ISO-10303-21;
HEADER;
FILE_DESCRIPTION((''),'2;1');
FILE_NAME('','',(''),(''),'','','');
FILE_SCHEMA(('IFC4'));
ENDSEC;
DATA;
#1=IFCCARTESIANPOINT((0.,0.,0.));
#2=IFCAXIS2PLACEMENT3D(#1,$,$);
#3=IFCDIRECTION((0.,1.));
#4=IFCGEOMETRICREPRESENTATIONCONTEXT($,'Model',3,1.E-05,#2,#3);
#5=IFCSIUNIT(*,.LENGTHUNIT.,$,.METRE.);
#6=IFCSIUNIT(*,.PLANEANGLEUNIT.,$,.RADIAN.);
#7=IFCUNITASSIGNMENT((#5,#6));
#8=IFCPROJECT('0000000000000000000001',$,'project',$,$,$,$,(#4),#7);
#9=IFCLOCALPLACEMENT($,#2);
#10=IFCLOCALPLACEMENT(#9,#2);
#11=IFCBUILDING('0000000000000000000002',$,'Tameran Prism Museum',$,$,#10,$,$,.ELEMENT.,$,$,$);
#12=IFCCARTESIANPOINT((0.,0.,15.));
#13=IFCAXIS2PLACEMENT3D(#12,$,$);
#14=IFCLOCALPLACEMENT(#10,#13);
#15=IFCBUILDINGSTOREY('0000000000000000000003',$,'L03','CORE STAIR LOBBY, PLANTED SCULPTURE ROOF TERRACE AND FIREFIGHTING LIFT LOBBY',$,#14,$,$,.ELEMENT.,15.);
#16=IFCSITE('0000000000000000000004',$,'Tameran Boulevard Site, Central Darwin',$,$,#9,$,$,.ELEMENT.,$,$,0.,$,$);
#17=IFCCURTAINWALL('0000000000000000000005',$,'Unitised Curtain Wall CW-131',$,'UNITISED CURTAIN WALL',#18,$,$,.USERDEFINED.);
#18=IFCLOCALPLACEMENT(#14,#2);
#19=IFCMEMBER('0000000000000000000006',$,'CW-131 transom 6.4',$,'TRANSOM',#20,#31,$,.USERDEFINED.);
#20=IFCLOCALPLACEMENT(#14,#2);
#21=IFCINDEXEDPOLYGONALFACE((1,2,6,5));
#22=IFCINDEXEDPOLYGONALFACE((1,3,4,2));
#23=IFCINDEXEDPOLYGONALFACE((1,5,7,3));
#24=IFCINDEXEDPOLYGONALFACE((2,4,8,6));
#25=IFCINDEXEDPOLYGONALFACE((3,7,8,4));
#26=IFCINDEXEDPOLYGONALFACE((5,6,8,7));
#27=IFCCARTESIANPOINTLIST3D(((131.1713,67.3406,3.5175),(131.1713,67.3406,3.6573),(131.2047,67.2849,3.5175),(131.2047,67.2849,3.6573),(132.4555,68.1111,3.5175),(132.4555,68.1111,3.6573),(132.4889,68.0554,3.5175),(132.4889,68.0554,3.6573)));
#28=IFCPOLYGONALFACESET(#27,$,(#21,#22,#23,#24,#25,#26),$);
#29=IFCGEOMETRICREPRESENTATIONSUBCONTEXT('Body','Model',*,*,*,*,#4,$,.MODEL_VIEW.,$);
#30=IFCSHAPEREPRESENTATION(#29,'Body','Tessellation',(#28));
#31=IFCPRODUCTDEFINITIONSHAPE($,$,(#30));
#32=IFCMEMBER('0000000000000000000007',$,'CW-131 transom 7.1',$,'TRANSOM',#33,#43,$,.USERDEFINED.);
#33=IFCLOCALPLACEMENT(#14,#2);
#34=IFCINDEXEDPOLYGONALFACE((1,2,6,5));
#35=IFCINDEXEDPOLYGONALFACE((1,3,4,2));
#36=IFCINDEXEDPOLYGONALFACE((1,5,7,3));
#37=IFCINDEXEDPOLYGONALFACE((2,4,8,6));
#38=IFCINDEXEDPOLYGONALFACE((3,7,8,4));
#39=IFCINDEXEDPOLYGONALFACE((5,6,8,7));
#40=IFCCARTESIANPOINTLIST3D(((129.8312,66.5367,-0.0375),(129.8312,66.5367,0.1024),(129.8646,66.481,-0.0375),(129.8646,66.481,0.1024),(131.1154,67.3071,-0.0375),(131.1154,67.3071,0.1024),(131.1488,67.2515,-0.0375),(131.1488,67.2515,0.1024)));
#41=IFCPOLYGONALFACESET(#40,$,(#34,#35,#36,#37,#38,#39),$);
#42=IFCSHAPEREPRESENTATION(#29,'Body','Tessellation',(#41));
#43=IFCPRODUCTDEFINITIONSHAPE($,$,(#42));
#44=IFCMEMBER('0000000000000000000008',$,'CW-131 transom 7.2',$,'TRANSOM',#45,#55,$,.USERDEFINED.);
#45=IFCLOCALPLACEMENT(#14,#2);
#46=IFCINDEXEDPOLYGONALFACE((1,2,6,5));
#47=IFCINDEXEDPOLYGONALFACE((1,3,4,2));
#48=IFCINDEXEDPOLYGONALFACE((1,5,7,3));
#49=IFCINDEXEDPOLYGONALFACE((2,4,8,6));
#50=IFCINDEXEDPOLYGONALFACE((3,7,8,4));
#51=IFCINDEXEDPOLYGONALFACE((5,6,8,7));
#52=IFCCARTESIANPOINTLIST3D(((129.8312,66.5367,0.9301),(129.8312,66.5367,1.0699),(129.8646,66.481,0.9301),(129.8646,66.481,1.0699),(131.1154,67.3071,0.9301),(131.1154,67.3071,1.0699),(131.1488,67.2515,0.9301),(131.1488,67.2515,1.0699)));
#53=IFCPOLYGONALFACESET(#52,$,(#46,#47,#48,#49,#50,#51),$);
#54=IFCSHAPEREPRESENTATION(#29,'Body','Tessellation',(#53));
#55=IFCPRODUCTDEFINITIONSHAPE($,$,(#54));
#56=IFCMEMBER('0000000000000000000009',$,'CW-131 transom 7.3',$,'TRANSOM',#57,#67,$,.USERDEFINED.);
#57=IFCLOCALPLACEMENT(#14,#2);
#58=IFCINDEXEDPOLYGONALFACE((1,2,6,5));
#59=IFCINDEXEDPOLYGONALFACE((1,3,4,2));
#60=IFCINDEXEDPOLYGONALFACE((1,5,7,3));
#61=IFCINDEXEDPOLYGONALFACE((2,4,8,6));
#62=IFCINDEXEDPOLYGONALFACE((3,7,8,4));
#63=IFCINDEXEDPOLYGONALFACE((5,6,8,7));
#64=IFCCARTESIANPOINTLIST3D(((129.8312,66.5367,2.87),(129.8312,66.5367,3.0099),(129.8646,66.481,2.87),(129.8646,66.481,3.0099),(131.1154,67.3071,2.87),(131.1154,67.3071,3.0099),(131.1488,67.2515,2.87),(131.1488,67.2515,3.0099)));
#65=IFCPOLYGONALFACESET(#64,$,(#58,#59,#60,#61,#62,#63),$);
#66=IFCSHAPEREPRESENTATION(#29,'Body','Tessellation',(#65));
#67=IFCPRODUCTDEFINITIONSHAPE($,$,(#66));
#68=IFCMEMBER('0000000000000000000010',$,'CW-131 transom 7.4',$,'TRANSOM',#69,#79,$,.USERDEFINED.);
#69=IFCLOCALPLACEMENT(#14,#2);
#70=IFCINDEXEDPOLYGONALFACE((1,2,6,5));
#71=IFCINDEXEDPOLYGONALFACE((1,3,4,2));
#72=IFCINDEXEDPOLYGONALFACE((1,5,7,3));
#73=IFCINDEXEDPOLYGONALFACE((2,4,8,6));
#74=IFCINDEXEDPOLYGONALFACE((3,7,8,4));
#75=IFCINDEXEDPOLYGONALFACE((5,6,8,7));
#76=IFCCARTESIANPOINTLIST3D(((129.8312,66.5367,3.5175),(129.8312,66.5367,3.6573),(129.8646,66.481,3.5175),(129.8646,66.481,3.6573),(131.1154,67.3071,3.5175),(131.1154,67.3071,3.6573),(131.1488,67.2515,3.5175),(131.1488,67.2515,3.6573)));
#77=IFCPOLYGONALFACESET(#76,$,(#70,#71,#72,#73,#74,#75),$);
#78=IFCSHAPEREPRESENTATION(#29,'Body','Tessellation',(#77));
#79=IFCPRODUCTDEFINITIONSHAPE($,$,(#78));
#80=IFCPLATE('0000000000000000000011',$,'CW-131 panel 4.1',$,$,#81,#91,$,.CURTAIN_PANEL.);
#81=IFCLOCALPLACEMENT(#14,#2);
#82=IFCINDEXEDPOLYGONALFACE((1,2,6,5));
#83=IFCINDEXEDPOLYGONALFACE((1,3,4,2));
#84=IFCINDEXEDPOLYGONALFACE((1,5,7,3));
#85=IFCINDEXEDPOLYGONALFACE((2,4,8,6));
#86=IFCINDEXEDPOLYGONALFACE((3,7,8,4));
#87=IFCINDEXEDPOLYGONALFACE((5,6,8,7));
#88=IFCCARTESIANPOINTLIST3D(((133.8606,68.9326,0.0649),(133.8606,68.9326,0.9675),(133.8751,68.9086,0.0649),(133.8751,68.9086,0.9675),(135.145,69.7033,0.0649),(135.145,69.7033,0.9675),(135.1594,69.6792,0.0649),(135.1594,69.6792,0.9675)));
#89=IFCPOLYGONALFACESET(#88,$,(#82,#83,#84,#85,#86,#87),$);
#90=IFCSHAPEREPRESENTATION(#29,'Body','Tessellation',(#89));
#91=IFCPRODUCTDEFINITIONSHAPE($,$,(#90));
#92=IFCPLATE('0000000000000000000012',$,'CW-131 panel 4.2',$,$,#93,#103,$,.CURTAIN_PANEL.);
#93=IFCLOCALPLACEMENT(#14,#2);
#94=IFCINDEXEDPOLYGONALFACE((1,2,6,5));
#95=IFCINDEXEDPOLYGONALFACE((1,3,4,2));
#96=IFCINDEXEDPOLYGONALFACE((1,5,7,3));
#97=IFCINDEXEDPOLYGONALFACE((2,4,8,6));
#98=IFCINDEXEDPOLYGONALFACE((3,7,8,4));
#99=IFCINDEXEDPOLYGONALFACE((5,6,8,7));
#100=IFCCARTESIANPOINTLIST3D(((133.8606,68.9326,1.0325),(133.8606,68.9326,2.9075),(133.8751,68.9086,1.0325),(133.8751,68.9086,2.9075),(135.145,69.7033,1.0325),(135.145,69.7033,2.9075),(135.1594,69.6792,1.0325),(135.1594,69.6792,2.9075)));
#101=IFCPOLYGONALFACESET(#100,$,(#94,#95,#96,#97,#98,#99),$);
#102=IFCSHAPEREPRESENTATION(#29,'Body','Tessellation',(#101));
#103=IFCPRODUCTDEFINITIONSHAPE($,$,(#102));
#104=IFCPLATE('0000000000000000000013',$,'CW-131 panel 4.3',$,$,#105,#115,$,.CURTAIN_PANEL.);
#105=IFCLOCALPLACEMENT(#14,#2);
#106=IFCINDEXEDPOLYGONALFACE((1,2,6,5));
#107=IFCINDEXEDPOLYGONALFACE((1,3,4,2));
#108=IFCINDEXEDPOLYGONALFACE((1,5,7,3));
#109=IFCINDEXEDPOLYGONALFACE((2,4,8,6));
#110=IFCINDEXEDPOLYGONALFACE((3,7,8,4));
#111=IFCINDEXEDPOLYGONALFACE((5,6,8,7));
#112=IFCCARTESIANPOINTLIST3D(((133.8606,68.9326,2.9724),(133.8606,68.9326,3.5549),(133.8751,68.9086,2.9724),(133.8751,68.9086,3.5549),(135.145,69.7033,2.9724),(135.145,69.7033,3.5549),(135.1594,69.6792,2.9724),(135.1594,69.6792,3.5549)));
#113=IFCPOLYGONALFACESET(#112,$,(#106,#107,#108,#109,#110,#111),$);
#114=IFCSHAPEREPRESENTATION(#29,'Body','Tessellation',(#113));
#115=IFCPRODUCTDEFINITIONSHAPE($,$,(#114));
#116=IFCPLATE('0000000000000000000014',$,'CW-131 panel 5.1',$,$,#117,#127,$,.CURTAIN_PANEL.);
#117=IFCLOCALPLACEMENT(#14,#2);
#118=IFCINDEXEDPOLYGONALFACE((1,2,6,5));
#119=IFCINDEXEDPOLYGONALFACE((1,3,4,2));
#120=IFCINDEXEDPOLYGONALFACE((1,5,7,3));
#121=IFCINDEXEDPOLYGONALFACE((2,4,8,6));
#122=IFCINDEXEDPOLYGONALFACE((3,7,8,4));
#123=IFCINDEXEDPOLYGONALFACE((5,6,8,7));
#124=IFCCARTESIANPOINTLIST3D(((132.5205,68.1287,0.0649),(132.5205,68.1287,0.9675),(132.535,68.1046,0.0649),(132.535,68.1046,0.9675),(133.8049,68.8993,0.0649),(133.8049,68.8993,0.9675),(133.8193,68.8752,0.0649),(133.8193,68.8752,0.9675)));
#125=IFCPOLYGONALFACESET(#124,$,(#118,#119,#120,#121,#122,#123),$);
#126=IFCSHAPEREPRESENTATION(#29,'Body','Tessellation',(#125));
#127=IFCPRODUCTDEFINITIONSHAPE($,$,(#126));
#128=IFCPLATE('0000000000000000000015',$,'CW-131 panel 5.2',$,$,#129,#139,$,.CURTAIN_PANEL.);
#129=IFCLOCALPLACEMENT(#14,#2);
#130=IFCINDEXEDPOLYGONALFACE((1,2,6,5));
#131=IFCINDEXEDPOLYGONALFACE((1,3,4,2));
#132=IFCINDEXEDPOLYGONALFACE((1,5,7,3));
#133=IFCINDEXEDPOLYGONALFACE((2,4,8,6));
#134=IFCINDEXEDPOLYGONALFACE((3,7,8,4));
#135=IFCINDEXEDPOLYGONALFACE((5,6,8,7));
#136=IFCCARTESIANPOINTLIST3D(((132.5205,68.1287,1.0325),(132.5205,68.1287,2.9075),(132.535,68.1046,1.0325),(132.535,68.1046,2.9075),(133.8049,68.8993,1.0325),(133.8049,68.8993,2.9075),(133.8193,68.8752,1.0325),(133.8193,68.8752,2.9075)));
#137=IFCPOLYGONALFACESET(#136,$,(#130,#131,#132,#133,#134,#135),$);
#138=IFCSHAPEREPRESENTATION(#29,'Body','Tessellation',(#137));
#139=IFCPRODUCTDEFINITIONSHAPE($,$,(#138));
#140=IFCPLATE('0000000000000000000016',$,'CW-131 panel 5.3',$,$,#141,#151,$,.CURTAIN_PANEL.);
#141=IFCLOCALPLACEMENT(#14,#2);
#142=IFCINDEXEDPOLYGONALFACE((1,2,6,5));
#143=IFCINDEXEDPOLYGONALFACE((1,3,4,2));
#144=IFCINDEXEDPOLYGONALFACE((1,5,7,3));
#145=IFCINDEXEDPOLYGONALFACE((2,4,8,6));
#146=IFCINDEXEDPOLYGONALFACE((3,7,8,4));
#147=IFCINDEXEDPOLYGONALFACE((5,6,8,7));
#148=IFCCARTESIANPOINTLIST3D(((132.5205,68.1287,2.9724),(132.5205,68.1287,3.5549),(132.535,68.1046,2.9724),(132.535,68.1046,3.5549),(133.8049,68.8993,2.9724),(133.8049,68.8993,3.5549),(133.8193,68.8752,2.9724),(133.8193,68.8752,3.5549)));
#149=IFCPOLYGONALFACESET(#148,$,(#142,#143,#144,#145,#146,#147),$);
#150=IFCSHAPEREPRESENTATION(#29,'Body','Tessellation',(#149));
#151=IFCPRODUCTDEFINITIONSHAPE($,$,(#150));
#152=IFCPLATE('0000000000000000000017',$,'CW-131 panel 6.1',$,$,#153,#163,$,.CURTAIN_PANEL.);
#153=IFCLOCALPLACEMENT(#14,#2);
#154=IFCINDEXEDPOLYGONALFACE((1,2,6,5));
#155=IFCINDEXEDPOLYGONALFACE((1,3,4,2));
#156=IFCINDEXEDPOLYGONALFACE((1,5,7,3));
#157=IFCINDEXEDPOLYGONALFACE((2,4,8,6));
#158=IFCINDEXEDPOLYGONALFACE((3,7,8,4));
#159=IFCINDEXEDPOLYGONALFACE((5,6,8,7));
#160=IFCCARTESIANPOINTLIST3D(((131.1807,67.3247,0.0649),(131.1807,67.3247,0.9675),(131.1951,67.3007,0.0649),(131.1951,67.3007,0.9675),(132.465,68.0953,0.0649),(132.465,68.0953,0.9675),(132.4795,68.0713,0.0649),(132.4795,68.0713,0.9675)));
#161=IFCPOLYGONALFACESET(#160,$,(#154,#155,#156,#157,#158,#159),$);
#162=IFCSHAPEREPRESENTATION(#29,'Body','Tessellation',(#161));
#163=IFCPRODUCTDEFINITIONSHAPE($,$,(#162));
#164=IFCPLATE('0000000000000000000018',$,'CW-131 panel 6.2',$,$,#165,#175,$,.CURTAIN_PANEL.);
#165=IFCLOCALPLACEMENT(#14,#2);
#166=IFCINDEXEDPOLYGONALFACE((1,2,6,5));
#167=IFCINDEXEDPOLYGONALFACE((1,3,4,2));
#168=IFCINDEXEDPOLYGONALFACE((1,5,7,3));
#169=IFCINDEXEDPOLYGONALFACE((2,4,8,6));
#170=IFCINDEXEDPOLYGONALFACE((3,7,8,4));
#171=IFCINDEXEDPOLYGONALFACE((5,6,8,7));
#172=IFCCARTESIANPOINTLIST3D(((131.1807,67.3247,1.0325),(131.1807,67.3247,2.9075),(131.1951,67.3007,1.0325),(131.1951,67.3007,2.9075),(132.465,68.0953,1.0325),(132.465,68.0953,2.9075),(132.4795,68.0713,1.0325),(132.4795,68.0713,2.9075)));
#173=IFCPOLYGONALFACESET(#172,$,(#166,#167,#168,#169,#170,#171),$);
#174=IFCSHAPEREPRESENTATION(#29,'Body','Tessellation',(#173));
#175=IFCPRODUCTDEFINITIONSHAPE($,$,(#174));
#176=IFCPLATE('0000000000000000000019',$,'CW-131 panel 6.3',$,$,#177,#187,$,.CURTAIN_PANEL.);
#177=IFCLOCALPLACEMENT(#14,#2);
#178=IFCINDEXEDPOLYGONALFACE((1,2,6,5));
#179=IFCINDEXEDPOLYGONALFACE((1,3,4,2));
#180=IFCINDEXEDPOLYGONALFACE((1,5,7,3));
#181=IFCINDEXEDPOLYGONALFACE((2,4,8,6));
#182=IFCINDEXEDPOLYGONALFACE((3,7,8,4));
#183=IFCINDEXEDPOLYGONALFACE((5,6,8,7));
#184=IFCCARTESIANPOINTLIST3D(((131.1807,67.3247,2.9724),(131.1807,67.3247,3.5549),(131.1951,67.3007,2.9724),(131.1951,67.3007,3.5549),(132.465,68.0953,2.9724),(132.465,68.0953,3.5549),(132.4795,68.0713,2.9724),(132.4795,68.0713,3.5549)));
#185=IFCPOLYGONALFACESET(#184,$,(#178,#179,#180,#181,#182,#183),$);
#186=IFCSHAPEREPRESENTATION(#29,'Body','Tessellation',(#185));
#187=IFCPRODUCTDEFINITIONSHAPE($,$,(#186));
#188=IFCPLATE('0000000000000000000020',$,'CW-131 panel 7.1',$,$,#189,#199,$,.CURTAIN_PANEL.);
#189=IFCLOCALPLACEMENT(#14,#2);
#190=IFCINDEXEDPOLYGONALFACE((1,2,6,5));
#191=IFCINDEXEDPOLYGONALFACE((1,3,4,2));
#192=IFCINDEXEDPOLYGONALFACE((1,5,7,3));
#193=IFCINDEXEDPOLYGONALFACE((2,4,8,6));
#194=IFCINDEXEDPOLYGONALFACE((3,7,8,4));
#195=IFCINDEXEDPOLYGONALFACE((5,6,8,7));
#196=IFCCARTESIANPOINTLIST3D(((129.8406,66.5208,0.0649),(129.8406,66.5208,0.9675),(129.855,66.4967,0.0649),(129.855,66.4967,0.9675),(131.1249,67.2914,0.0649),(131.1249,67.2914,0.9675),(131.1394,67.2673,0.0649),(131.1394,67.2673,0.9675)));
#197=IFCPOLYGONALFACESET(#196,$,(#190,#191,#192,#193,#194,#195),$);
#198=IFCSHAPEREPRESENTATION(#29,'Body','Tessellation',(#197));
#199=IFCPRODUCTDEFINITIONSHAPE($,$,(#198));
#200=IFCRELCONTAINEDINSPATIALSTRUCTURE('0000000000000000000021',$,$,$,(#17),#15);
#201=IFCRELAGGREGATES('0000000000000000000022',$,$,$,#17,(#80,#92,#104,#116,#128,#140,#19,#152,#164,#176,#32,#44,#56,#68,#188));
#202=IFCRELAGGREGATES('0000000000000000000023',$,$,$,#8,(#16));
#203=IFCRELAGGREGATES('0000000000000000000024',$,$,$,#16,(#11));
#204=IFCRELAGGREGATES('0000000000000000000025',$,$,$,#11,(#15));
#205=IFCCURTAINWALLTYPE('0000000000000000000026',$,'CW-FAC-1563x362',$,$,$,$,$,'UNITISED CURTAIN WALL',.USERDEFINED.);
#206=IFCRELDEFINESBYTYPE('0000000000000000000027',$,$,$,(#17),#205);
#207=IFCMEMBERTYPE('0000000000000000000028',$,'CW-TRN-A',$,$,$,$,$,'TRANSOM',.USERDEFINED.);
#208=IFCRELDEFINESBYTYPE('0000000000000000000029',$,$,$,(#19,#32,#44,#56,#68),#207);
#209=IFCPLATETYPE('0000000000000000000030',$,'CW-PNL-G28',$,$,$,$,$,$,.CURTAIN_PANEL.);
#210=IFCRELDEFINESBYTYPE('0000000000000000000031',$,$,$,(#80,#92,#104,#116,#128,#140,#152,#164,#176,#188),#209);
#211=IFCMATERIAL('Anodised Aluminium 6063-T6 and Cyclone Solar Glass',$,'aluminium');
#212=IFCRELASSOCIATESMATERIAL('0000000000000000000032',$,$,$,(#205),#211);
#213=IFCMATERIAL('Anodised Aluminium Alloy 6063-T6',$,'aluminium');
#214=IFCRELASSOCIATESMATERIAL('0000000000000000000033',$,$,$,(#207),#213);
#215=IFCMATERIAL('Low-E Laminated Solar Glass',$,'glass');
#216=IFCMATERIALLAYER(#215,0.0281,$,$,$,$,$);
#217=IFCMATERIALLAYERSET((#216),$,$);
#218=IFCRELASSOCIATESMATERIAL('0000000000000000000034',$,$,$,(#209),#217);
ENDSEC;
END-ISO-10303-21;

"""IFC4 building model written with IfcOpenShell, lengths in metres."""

from ifc_helpers import new_model, si_unit, direction, frame, origin, origin_2d, place, context, subcontext, project, spatial, rectangle, extrude, material, layer, layer_set, material_profile, profile_set, type_object, element, aggregate, save


model = new_model("IFC4")

# Units and contexts
model_context = context("Model", 3, precision=1e-05, world=origin(), true_north=direction((0.0, 1.0)))
body_context = subcontext(model_context, "Body", "Model", "MODEL_VIEW")
ifc_project = project(units=[si_unit("LENGTHUNIT", "METRE"), si_unit("PLANEANGLEUNIT", "RADIAN")], contexts=[model_context])

# Site, building, storey
site_placement = place(None, origin())
site = spatial("IfcSite", under=ifc_project, at=site_placement, Name="Tameran Boulevard Site, Central Darwin", CompositionType="ELEMENT", RefElevation=0.0)
building_placement = place(site_placement, origin())
building = spatial("IfcBuilding", under=site, at=building_placement, Name="Tameran Prism Museum", CompositionType="ELEMENT")
storey_placement = place(building_placement, frame((0.0, 0.0, 15.0)))
storey = spatial("IfcBuildingStorey", under=building, at=storey_placement, Name="L03", Description="CORE STAIR LOBBY, PLANTED SCULPTURE ROOF TERRACE AND FIREFIGHTING LIFT LOBBY", CompositionType="ELEMENT", Elevation=15.0)

# Curtain wall, members, plates
ifc_material_1 = material(Name="Anodised Aluminium 6063-T6 and Cyclone Solar Glass", Category="aluminium")
curtain_wall_type = type_object("IfcCurtainWallType", Name="CW-FAC-1563x362", ElementType="UNITISED CURTAIN WALL", PredefinedType="USERDEFINED", material=ifc_material_1)
curtain_wall_placement = place(storey_placement, origin())
curtain_wall = element("IfcCurtainWall", 1, at=curtain_wall_placement, inside=storey, type_object=curtain_wall_type, Name="Unitised Curtain Wall CW-131", ObjectType="UNITISED CURTAIN WALL", PredefinedType="USERDEFINED")
ifc_material_2 = material(Name="Anodised Aluminium Alloy 6063-T6", Category="aluminium")
ifc_material_profile_1 = material_profile(ifc_material_2, rectangle(XDim=0.0649, YDim=0.1399, at=origin_2d()))
ifc_profile_set_1 = profile_set([ifc_material_profile_1])
member_type_1 = type_object("IfcMemberType", Name="CW-TRN-A", ElementType="TRANSOM", PredefinedType="USERDEFINED", material=ifc_profile_set_1)
member_1_placement = place(storey_placement, frame((132.4722, 68.0833, 3.5874), z_axis=(-0.857493, -0.514496, 0.0), x_axis=(0.514496, -0.857493, 0.0)))
member_1 = element("IfcMember", 2, at=member_1_placement, type_object=member_type_1, Name="CW-131 transom 6.4", ObjectType="TRANSOM", PredefinedType="USERDEFINED", context=body_context, shape_type="SweptSolid", body=[
    extrude(rectangle(XDim=0.0649, YDim=0.1399, at=origin_2d()), origin(), (0.0, 0.0, 1.0), 1.4976),
])
member_2_placement = place(storey_placement, frame((131.1321, 67.2793, 0.0325), z_axis=(-0.857493, -0.514496, 0.0), x_axis=(0.514496, -0.857493, 0.0)))
member_2 = element("IfcMember", 3, at=member_2_placement, type_object=member_type_1, Name="CW-131 transom 7.1", ObjectType="TRANSOM", PredefinedType="USERDEFINED", context=body_context, shape_type="SweptSolid", body=[
    extrude(rectangle(XDim=0.0649, YDim=0.1399, at=origin_2d()), origin(), (0.0, 0.0, 1.0), 1.4976),
])
member_3_placement = place(storey_placement, frame((131.1321, 67.2793, 1.0), z_axis=(-0.857493, -0.514496, 0.0), x_axis=(0.514496, -0.857493, 0.0)))
member_3 = element("IfcMember", 4, at=member_3_placement, type_object=member_type_1, Name="CW-131 transom 7.2", ObjectType="TRANSOM", PredefinedType="USERDEFINED", context=body_context, shape_type="SweptSolid", body=[
    extrude(rectangle(XDim=0.0649, YDim=0.1399, at=origin_2d()), origin(), (0.0, 0.0, 1.0), 1.4976),
])
member_4_placement = place(storey_placement, frame((131.1321, 67.2793, 2.9399), z_axis=(-0.857493, -0.514496, 0.0), x_axis=(0.514496, -0.857493, 0.0)))
member_4 = element("IfcMember", 5, at=member_4_placement, type_object=member_type_1, Name="CW-131 transom 7.3", ObjectType="TRANSOM", PredefinedType="USERDEFINED", context=body_context, shape_type="SweptSolid", body=[
    extrude(rectangle(XDim=0.0649, YDim=0.1399, at=origin_2d()), origin(), (0.0, 0.0, 1.0), 1.4976),
])
member_5_placement = place(storey_placement, frame((131.1321, 67.2793, 3.5874), z_axis=(-0.857493, -0.514496, 0.0), x_axis=(0.514496, -0.857493, 0.0)))
member_5 = element("IfcMember", 6, at=member_5_placement, type_object=member_type_1, Name="CW-131 transom 7.4", ObjectType="TRANSOM", PredefinedType="USERDEFINED", context=body_context, shape_type="SweptSolid", body=[
    extrude(rectangle(XDim=0.0649, YDim=0.1399, at=origin_2d()), origin(), (0.0, 0.0, 1.0), 1.4976),
])
ifc_material_3 = material(Name="Low-E Laminated Solar Glass", Category="glass")
ifc_layer_1 = layer(ifc_material_3, 0.0281)
ifc_layer_set_1 = layer_set([ifc_layer_1])
plate_type = type_object("IfcPlateType", Name="CW-PNL-G28", PredefinedType="CURTAIN_PANEL", material=ifc_layer_set_1)
plate_1_placement = place(storey_placement, frame((134.51, 69.3059, 0.0649), z_axis=(0.0, 0.0, 1.0), x_axis=(-0.857493, -0.514496, 0.0)))
plate_1 = element("IfcPlate", 7, at=plate_1_placement, type_object=plate_type, Name="CW-131 panel 4.1", PredefinedType="CURTAIN_PANEL", context=body_context, shape_type="SweptSolid", body=[
    extrude(rectangle(XDim=1.4978, YDim=0.0281, at=origin_2d()), origin(), (0.0, 0.0, 1.0), 0.9026),
])
plate_2_placement = place(storey_placement, frame((134.51, 69.3059, 1.0325), z_axis=(0.0, 0.0, 1.0), x_axis=(-0.857493, -0.514496, 0.0)))
plate_2 = element("IfcPlate", 8, at=plate_2_placement, type_object=plate_type, Name="CW-131 panel 4.2", PredefinedType="CURTAIN_PANEL", context=body_context, shape_type="SweptSolid", body=[
    extrude(rectangle(XDim=1.4978, YDim=0.0281, at=origin_2d()), origin(), (0.0, 0.0, 1.0), 1.875),
])
plate_3_placement = place(storey_placement, frame((134.51, 69.3059, 2.9724), z_axis=(0.0, 0.0, 1.0), x_axis=(-0.857493, -0.514496, 0.0)))
plate_3 = element("IfcPlate", 9, at=plate_3_placement, type_object=plate_type, Name="CW-131 panel 4.3", PredefinedType="CURTAIN_PANEL", context=body_context, shape_type="SweptSolid", body=[
    extrude(rectangle(XDim=1.4978, YDim=0.0281, at=origin_2d()), origin(), (0.0, 0.0, 1.0), 0.5825),
])
plate_4_placement = place(storey_placement, frame((133.1699, 68.502, 0.0649), z_axis=(0.0, 0.0, 1.0), x_axis=(-0.857493, -0.514496, 0.0)))
plate_4 = element("IfcPlate", 10, at=plate_4_placement, type_object=plate_type, Name="CW-131 panel 5.1", PredefinedType="CURTAIN_PANEL", context=body_context, shape_type="SweptSolid", body=[
    extrude(rectangle(XDim=1.4978, YDim=0.0281, at=origin_2d()), origin(), (0.0, 0.0, 1.0), 0.9026),
])
plate_5_placement = place(storey_placement, frame((133.1699, 68.502, 1.0325), z_axis=(0.0, 0.0, 1.0), x_axis=(-0.857493, -0.514496, 0.0)))
plate_5 = element("IfcPlate", 11, at=plate_5_placement, type_object=plate_type, Name="CW-131 panel 5.2", PredefinedType="CURTAIN_PANEL", context=body_context, shape_type="SweptSolid", body=[
    extrude(rectangle(XDim=1.4978, YDim=0.0281, at=origin_2d()), origin(), (0.0, 0.0, 1.0), 1.875),
])
plate_6_placement = place(storey_placement, frame((133.1699, 68.502, 2.9724), z_axis=(0.0, 0.0, 1.0), x_axis=(-0.857493, -0.514496, 0.0)))
plate_6 = element("IfcPlate", 12, at=plate_6_placement, type_object=plate_type, Name="CW-131 panel 5.3", PredefinedType="CURTAIN_PANEL", context=body_context, shape_type="SweptSolid", body=[
    extrude(rectangle(XDim=1.4978, YDim=0.0281, at=origin_2d()), origin(), (0.0, 0.0, 1.0), 0.5825),
])
plate_7_placement = place(storey_placement, frame((131.8301, 67.698, 0.0649), z_axis=(0.0, 0.0, 1.0), x_axis=(-0.857493, -0.514496, 0.0)))
plate_7 = element("IfcPlate", 13, at=plate_7_placement, type_object=plate_type, Name="CW-131 panel 6.1", PredefinedType="CURTAIN_PANEL", context=body_context, shape_type="SweptSolid", body=[
    extrude(rectangle(XDim=1.4978, YDim=0.0281, at=origin_2d()), origin(), (0.0, 0.0, 1.0), 0.9026),
])
plate_8_placement = place(storey_placement, frame((131.8301, 67.698, 1.0325), z_axis=(0.0, 0.0, 1.0), x_axis=(-0.857493, -0.514496, 0.0)))
plate_8 = element("IfcPlate", 14, at=plate_8_placement, type_object=plate_type, Name="CW-131 panel 6.2", PredefinedType="CURTAIN_PANEL", context=body_context, shape_type="SweptSolid", body=[
    extrude(rectangle(XDim=1.4978, YDim=0.0281, at=origin_2d()), origin(), (0.0, 0.0, 1.0), 1.875),
])
plate_9_placement = place(storey_placement, frame((131.8301, 67.698, 2.9724), z_axis=(0.0, 0.0, 1.0), x_axis=(-0.857493, -0.514496, 0.0)))
plate_9 = element("IfcPlate", 15, at=plate_9_placement, type_object=plate_type, Name="CW-131 panel 6.3", PredefinedType="CURTAIN_PANEL", context=body_context, shape_type="SweptSolid", body=[
    extrude(rectangle(XDim=1.4978, YDim=0.0281, at=origin_2d()), origin(), (0.0, 0.0, 1.0), 0.5825),
])
plate_10_placement = place(storey_placement, frame((130.49, 66.894, 0.0649), z_axis=(0.0, 0.0, 1.0), x_axis=(-0.857493, -0.514496, 0.0)))
plate_10 = element("IfcPlate", 16, at=plate_10_placement, type_object=plate_type, Name="CW-131 panel 7.1", PredefinedType="CURTAIN_PANEL", context=body_context, shape_type="SweptSolid", body=[
    extrude(rectangle(XDim=1.4978, YDim=0.0281, at=origin_2d()), origin(), (0.0, 0.0, 1.0), 0.9026),
])
aggregate(curtain_wall, [plate_1, plate_2, plate_3, plate_4, plate_5, plate_6, member_1, plate_7, plate_8, plate_9, member_2, member_3, member_4, member_5, plate_10])

save(model, "model.ifc")
